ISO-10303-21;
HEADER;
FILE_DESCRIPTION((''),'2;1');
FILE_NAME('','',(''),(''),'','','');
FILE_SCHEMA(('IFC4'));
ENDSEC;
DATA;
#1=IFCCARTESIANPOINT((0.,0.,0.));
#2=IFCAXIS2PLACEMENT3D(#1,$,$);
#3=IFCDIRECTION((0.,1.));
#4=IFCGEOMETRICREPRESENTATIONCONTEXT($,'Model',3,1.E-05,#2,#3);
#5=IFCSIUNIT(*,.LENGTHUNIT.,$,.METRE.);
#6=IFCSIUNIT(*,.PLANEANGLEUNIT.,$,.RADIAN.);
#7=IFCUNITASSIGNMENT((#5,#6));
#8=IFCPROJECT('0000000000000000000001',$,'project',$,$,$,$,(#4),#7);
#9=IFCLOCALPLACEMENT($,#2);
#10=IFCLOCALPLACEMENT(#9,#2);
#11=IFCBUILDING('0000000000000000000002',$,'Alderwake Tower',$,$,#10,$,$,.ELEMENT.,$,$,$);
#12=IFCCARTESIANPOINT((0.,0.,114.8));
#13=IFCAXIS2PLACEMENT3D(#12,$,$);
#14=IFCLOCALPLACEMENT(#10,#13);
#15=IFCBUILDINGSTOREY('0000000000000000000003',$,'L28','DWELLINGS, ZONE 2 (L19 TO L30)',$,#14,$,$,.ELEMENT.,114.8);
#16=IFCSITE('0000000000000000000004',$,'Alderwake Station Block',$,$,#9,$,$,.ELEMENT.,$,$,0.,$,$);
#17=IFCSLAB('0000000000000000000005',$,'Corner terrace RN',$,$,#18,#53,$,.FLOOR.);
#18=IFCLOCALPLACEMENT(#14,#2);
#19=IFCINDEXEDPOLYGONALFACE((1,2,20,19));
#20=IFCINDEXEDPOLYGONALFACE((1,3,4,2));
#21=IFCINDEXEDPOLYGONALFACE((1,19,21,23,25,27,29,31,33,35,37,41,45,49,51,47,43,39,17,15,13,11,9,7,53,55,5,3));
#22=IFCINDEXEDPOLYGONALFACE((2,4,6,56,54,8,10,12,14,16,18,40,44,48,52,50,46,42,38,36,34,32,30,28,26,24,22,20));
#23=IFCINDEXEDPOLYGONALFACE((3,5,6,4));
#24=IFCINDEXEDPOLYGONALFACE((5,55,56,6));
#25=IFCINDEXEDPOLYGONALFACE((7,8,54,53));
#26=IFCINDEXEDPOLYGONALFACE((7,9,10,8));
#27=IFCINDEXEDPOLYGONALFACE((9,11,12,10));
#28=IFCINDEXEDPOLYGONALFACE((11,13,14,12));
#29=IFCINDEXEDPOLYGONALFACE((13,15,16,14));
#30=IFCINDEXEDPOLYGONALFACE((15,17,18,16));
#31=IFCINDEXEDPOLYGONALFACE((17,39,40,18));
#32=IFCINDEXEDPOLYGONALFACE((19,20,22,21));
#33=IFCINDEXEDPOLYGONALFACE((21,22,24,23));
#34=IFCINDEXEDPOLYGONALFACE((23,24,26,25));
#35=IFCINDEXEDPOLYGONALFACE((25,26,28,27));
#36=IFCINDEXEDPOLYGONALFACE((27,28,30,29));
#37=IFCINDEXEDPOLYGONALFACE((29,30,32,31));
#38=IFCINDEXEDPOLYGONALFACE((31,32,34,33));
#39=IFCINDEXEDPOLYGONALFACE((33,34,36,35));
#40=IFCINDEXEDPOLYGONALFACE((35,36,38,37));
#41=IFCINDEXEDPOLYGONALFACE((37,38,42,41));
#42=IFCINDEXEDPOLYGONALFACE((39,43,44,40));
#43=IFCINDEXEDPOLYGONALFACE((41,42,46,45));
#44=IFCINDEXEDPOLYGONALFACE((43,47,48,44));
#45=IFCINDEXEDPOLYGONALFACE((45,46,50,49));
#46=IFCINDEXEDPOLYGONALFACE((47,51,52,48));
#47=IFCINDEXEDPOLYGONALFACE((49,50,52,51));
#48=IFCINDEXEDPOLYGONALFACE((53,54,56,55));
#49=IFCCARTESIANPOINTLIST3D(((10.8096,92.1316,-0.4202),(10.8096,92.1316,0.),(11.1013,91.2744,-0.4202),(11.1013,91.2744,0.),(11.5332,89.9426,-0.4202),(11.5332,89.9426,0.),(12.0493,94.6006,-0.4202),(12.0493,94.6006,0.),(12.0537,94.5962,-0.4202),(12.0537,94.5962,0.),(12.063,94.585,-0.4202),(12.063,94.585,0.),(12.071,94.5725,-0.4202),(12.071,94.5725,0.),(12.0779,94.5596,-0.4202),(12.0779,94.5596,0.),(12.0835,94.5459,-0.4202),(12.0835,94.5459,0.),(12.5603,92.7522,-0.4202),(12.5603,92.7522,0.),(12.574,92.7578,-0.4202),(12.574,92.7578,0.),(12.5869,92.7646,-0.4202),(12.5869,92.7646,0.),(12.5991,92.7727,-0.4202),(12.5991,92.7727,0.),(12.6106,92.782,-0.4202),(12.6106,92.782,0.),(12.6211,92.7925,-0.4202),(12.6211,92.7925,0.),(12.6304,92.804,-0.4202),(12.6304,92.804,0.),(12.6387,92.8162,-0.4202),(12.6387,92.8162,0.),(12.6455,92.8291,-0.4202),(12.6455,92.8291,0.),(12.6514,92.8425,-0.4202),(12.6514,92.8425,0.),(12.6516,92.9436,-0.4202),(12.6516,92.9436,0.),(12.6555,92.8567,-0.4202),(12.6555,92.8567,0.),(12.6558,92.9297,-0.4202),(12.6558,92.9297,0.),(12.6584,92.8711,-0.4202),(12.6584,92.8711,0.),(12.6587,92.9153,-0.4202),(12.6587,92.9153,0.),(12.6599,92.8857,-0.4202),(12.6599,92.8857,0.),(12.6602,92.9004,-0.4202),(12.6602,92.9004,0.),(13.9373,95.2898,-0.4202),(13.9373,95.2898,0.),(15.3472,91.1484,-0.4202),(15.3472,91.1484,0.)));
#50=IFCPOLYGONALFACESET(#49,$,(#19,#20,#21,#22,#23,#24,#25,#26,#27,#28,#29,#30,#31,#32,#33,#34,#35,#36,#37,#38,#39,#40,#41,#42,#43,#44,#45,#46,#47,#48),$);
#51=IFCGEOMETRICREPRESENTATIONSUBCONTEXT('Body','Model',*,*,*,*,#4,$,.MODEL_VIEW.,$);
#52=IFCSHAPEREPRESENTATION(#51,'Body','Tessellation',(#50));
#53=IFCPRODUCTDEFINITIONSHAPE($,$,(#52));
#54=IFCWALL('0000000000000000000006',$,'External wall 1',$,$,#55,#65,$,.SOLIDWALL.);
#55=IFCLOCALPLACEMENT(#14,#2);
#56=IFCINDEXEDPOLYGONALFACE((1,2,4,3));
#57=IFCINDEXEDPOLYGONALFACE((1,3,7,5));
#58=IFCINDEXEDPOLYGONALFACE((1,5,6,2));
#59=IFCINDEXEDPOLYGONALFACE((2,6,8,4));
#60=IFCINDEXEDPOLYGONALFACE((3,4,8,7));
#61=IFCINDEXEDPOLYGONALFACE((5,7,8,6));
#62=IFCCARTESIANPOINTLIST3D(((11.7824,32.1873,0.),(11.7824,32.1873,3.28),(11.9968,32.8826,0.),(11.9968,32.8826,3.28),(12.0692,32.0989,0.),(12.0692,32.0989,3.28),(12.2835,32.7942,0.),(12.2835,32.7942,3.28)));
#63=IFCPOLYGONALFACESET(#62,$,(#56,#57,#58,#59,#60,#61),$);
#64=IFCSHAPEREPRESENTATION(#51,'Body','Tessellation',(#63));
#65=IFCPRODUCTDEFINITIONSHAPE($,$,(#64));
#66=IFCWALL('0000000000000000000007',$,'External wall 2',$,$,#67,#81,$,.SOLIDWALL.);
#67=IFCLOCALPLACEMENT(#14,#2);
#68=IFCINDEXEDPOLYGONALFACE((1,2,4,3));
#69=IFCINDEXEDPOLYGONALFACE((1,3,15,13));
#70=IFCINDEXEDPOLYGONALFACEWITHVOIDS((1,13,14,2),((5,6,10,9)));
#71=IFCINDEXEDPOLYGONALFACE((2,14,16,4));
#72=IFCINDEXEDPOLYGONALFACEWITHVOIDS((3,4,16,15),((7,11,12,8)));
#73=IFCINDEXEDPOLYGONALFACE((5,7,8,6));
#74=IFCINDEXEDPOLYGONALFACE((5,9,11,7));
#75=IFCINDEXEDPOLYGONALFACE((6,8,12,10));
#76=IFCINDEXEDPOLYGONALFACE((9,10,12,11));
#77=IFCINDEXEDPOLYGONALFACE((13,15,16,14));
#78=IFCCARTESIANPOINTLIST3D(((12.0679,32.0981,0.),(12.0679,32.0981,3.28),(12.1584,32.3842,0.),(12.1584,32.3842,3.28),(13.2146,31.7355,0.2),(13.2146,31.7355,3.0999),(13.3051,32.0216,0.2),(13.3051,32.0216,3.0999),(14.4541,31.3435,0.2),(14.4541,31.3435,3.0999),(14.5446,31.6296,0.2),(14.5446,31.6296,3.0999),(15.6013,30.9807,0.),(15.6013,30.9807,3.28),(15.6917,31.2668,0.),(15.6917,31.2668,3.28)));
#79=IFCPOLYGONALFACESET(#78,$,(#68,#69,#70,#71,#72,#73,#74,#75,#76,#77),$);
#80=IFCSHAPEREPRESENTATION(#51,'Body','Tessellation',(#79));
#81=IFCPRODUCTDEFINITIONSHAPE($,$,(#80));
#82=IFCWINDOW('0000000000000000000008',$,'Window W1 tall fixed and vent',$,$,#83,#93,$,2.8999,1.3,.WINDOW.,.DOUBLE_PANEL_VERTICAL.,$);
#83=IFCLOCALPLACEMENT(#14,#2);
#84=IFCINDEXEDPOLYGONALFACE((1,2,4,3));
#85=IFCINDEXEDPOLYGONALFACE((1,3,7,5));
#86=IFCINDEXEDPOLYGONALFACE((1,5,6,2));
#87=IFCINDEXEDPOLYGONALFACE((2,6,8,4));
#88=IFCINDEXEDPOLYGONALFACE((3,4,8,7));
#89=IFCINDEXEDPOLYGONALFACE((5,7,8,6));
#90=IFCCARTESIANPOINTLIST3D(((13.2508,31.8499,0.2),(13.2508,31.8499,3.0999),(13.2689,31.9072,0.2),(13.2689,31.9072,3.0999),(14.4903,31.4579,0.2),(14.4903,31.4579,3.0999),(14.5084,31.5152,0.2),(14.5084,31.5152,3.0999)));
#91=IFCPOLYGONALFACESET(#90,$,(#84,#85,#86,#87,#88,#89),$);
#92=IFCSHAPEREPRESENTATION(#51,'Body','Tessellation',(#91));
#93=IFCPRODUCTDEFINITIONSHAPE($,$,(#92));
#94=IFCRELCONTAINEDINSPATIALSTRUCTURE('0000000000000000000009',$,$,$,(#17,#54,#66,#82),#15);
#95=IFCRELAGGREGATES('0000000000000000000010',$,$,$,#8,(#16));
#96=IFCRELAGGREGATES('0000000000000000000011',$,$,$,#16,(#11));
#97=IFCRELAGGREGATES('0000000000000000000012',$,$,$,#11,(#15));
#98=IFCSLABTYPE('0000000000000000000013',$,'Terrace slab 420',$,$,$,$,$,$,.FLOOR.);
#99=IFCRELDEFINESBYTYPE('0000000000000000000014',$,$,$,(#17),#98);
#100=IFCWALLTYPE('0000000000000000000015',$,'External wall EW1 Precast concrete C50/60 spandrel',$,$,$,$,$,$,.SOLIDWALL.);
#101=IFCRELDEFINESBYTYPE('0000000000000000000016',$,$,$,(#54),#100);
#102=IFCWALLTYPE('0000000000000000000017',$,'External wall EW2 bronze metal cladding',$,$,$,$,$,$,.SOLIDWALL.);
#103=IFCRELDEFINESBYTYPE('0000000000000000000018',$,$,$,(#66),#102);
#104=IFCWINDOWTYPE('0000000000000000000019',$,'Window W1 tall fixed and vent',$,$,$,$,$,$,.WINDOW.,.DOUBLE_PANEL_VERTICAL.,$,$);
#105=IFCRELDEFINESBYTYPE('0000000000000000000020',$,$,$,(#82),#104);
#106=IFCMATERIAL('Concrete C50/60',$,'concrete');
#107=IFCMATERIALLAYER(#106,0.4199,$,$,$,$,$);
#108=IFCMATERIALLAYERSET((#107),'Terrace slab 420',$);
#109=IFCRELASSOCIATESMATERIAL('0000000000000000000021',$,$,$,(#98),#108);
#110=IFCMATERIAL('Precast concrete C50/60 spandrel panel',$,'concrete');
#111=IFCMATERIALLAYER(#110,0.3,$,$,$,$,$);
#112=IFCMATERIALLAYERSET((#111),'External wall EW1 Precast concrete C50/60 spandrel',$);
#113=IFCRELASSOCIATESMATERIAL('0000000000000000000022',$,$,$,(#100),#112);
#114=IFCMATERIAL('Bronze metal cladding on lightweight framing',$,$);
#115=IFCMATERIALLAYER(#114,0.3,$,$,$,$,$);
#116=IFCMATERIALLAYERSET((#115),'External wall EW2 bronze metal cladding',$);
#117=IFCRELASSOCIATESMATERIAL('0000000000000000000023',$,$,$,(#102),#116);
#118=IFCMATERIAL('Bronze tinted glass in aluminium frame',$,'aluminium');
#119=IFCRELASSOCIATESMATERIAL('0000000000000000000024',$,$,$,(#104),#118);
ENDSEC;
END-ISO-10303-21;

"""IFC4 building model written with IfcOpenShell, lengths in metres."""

from ifc_helpers import new_model, si_unit, direction, frame, frame_2d, origin, place, context, subcontext, project, spatial, polyline, rectangle, outline, extrude, material, layer, layer_set, type_object, element, fill, save


model = new_model("IFC4")

# Units and contexts
model_context = context("Model", 3, precision=1e-05, world=origin(), true_north=direction((0.0, 1.0)))
body_context = subcontext(model_context, "Body", "Model", "MODEL_VIEW")
ifc_project = project(units=[si_unit("LENGTHUNIT", "METRE"), si_unit("PLANEANGLEUNIT", "RADIAN")], contexts=[model_context])

# Site, building, storey
site_placement = place(None, origin())
site = spatial("IfcSite", under=ifc_project, at=site_placement, Name="Alderwake Station Block", CompositionType="ELEMENT", RefElevation=0.0)
building_placement = place(site_placement, origin())
building = spatial("IfcBuilding", under=site, at=building_placement, Name="Alderwake Tower", CompositionType="ELEMENT")
storey_placement = place(building_placement, frame((0.0, 0.0, 114.8)))
storey = spatial("IfcBuildingStorey", under=building, at=storey_placement, Name="L28", Description="DWELLINGS, ZONE 2 (L19 TO L30)", CompositionType="ELEMENT", Elevation=114.8)

# Slab
ifc_material_1 = material(Name="Concrete C50/60", Category="concrete")
ifc_layer_1 = layer(ifc_material_1, 0.4199)
ifc_layer_set_1 = layer_set([ifc_layer_1], Name="Terrace slab 420")
slab_type_1 = type_object("IfcSlabType", Name="Terrace slab 420", PredefinedType="FLOOR", material=ifc_layer_set_1)
slab_1_placement = place(storey_placement, frame((0.0, 0.0, -0.4202)))
element("IfcSlab", 1, at=slab_1_placement, inside=storey, type_object=slab_type_1, Name="Corner terrace RN", PredefinedType="FLOOR", context=body_context, shape_type="SweptSolid", body=[
    extrude(outline(polyline([(10.8096, 92.1316), (12.5603, 92.7522), (12.574, 92.7578), (12.5869, 92.7646), (12.5991, 92.7727), (12.6106, 92.782), (12.6211, 92.7925), (12.6304, 92.804), (12.6387, 92.8162), (12.6455, 92.8291), (12.6514, 92.8425), (12.6555, 92.8567), (12.6584, 92.8711), (12.6599, 92.8857), (12.6602, 92.9004), (12.6587, 92.9153), (12.6558, 92.9297), (12.6516, 92.9436), (12.0835, 94.5459), (12.0779, 94.5596), (12.071, 94.5725), (12.063, 94.585), (12.0537, 94.5962), (12.0493, 94.6006), (13.9373, 95.2898), (15.3472, 91.1484), (11.5332, 89.9426), (11.1013, 91.2744), (10.8096, 92.1316)])), origin(), (0.0, 0.0, 1.0), 0.4202),
])

# Wall
ifc_material_2 = material(Name="Precast concrete C50/60 spandrel panel", Category="concrete")
ifc_layer_2 = layer(ifc_material_2, 0.3)
ifc_layer_set_2 = layer_set([ifc_layer_2], Name="External wall EW1 Precast concrete C50/60 spandrel")
wall_type_1 = type_object("IfcWallType", Name="External wall EW1 Precast concrete C50/60 spandrel", PredefinedType="SOLIDWALL", material=ifc_layer_set_2)
wall_1_placement = place(storey_placement, frame((12.1401, 32.8384, 0.0), z_axis=(0.0, 0.0, 1.0), x_axis=(-0.294605, -0.955619, 0.0)))
element("IfcWall", 2, at=wall_1_placement, inside=storey, type_object=wall_type_1, Name="External wall 1", PredefinedType="SOLIDWALL", context=body_context, shape_type="SweptSolid", body=[
    extrude(rectangle(XDim=0.7275, YDim=0.3, at=frame_2d((0.3638, 0.0))), origin(), (0.0, 0.0, 1.0), 3.28),
])

# Wall, opening, window
ifc_material_3 = material(Name="Bronze metal cladding on lightweight framing")
ifc_layer_3 = layer(ifc_material_3, 0.3)
ifc_layer_set_3 = layer_set([ifc_layer_3], Name="External wall EW2 bronze metal cladding")
wall_type_2 = type_object("IfcWallType", Name="External wall EW2 bronze metal cladding", PredefinedType="SOLIDWALL", material=ifc_layer_set_3)
wall_2_placement = place(storey_placement, frame((12.113, 32.2412, 0.0), z_axis=(0.0, 0.0, 1.0), x_axis=(0.953458, -0.301525, 0.0)))
wall_2 = element("IfcWall", 3, at=wall_2_placement, inside=storey, type_object=wall_type_2, Name="External wall 2", PredefinedType="SOLIDWALL", context=body_context, shape_type="SweptSolid", body=[
    extrude(rectangle(XDim=3.7058, YDim=0.3, at=frame_2d((1.853, 0.0))), origin(), (0.0, 0.0, 1.0), 3.28),
])
opening_placement = place(wall_2_placement, frame((1.2029, 0.0, 0.2)))
opening = element("IfcOpeningElement", 4, at=opening_placement, cuts=wall_2, PredefinedType="OPENING", context=body_context, shape_type="SweptSolid", body=[
    extrude(rectangle(XDim=1.3, YDim=2.8999, at=frame_2d((0.6499, 1.45))), frame((0.0, 0.1599, 0.0), z_axis=(0.0, -1.0, 0.0), x_axis=(1.0, 0.0, 0.0)), (0.0, 0.0, 1.0), 0.3201),
])
ifc_material_4 = material(Name="Bronze tinted glass in aluminium frame", Category="aluminium")
window_type = type_object("IfcWindowType", Name="Window W1 tall fixed and vent", PartitioningType="DOUBLE_PANEL_VERTICAL", PredefinedType="WINDOW", material=ifc_material_4)
window_placement = place(opening_placement, origin())
window = element("IfcWindow", 5, at=window_placement, inside=storey, type_object=window_type, Name="Window W1 tall fixed and vent", OverallHeight=2.8999, OverallWidth=1.3, PartitioningType="DOUBLE_PANEL_VERTICAL", PredefinedType="WINDOW", context=body_context, shape_type="SweptSolid", body=[
    extrude(rectangle(XDim=1.3, YDim=2.8999, at=frame_2d((0.6499, 1.45))), frame((0.0, 0.03, 0.0), z_axis=(0.0, -1.0, 0.0), x_axis=(1.0, 0.0, 0.0)), (0.0, 0.0, 1.0), 0.0601),
])
fill(opening, window)

save(model, "model.ifc")
